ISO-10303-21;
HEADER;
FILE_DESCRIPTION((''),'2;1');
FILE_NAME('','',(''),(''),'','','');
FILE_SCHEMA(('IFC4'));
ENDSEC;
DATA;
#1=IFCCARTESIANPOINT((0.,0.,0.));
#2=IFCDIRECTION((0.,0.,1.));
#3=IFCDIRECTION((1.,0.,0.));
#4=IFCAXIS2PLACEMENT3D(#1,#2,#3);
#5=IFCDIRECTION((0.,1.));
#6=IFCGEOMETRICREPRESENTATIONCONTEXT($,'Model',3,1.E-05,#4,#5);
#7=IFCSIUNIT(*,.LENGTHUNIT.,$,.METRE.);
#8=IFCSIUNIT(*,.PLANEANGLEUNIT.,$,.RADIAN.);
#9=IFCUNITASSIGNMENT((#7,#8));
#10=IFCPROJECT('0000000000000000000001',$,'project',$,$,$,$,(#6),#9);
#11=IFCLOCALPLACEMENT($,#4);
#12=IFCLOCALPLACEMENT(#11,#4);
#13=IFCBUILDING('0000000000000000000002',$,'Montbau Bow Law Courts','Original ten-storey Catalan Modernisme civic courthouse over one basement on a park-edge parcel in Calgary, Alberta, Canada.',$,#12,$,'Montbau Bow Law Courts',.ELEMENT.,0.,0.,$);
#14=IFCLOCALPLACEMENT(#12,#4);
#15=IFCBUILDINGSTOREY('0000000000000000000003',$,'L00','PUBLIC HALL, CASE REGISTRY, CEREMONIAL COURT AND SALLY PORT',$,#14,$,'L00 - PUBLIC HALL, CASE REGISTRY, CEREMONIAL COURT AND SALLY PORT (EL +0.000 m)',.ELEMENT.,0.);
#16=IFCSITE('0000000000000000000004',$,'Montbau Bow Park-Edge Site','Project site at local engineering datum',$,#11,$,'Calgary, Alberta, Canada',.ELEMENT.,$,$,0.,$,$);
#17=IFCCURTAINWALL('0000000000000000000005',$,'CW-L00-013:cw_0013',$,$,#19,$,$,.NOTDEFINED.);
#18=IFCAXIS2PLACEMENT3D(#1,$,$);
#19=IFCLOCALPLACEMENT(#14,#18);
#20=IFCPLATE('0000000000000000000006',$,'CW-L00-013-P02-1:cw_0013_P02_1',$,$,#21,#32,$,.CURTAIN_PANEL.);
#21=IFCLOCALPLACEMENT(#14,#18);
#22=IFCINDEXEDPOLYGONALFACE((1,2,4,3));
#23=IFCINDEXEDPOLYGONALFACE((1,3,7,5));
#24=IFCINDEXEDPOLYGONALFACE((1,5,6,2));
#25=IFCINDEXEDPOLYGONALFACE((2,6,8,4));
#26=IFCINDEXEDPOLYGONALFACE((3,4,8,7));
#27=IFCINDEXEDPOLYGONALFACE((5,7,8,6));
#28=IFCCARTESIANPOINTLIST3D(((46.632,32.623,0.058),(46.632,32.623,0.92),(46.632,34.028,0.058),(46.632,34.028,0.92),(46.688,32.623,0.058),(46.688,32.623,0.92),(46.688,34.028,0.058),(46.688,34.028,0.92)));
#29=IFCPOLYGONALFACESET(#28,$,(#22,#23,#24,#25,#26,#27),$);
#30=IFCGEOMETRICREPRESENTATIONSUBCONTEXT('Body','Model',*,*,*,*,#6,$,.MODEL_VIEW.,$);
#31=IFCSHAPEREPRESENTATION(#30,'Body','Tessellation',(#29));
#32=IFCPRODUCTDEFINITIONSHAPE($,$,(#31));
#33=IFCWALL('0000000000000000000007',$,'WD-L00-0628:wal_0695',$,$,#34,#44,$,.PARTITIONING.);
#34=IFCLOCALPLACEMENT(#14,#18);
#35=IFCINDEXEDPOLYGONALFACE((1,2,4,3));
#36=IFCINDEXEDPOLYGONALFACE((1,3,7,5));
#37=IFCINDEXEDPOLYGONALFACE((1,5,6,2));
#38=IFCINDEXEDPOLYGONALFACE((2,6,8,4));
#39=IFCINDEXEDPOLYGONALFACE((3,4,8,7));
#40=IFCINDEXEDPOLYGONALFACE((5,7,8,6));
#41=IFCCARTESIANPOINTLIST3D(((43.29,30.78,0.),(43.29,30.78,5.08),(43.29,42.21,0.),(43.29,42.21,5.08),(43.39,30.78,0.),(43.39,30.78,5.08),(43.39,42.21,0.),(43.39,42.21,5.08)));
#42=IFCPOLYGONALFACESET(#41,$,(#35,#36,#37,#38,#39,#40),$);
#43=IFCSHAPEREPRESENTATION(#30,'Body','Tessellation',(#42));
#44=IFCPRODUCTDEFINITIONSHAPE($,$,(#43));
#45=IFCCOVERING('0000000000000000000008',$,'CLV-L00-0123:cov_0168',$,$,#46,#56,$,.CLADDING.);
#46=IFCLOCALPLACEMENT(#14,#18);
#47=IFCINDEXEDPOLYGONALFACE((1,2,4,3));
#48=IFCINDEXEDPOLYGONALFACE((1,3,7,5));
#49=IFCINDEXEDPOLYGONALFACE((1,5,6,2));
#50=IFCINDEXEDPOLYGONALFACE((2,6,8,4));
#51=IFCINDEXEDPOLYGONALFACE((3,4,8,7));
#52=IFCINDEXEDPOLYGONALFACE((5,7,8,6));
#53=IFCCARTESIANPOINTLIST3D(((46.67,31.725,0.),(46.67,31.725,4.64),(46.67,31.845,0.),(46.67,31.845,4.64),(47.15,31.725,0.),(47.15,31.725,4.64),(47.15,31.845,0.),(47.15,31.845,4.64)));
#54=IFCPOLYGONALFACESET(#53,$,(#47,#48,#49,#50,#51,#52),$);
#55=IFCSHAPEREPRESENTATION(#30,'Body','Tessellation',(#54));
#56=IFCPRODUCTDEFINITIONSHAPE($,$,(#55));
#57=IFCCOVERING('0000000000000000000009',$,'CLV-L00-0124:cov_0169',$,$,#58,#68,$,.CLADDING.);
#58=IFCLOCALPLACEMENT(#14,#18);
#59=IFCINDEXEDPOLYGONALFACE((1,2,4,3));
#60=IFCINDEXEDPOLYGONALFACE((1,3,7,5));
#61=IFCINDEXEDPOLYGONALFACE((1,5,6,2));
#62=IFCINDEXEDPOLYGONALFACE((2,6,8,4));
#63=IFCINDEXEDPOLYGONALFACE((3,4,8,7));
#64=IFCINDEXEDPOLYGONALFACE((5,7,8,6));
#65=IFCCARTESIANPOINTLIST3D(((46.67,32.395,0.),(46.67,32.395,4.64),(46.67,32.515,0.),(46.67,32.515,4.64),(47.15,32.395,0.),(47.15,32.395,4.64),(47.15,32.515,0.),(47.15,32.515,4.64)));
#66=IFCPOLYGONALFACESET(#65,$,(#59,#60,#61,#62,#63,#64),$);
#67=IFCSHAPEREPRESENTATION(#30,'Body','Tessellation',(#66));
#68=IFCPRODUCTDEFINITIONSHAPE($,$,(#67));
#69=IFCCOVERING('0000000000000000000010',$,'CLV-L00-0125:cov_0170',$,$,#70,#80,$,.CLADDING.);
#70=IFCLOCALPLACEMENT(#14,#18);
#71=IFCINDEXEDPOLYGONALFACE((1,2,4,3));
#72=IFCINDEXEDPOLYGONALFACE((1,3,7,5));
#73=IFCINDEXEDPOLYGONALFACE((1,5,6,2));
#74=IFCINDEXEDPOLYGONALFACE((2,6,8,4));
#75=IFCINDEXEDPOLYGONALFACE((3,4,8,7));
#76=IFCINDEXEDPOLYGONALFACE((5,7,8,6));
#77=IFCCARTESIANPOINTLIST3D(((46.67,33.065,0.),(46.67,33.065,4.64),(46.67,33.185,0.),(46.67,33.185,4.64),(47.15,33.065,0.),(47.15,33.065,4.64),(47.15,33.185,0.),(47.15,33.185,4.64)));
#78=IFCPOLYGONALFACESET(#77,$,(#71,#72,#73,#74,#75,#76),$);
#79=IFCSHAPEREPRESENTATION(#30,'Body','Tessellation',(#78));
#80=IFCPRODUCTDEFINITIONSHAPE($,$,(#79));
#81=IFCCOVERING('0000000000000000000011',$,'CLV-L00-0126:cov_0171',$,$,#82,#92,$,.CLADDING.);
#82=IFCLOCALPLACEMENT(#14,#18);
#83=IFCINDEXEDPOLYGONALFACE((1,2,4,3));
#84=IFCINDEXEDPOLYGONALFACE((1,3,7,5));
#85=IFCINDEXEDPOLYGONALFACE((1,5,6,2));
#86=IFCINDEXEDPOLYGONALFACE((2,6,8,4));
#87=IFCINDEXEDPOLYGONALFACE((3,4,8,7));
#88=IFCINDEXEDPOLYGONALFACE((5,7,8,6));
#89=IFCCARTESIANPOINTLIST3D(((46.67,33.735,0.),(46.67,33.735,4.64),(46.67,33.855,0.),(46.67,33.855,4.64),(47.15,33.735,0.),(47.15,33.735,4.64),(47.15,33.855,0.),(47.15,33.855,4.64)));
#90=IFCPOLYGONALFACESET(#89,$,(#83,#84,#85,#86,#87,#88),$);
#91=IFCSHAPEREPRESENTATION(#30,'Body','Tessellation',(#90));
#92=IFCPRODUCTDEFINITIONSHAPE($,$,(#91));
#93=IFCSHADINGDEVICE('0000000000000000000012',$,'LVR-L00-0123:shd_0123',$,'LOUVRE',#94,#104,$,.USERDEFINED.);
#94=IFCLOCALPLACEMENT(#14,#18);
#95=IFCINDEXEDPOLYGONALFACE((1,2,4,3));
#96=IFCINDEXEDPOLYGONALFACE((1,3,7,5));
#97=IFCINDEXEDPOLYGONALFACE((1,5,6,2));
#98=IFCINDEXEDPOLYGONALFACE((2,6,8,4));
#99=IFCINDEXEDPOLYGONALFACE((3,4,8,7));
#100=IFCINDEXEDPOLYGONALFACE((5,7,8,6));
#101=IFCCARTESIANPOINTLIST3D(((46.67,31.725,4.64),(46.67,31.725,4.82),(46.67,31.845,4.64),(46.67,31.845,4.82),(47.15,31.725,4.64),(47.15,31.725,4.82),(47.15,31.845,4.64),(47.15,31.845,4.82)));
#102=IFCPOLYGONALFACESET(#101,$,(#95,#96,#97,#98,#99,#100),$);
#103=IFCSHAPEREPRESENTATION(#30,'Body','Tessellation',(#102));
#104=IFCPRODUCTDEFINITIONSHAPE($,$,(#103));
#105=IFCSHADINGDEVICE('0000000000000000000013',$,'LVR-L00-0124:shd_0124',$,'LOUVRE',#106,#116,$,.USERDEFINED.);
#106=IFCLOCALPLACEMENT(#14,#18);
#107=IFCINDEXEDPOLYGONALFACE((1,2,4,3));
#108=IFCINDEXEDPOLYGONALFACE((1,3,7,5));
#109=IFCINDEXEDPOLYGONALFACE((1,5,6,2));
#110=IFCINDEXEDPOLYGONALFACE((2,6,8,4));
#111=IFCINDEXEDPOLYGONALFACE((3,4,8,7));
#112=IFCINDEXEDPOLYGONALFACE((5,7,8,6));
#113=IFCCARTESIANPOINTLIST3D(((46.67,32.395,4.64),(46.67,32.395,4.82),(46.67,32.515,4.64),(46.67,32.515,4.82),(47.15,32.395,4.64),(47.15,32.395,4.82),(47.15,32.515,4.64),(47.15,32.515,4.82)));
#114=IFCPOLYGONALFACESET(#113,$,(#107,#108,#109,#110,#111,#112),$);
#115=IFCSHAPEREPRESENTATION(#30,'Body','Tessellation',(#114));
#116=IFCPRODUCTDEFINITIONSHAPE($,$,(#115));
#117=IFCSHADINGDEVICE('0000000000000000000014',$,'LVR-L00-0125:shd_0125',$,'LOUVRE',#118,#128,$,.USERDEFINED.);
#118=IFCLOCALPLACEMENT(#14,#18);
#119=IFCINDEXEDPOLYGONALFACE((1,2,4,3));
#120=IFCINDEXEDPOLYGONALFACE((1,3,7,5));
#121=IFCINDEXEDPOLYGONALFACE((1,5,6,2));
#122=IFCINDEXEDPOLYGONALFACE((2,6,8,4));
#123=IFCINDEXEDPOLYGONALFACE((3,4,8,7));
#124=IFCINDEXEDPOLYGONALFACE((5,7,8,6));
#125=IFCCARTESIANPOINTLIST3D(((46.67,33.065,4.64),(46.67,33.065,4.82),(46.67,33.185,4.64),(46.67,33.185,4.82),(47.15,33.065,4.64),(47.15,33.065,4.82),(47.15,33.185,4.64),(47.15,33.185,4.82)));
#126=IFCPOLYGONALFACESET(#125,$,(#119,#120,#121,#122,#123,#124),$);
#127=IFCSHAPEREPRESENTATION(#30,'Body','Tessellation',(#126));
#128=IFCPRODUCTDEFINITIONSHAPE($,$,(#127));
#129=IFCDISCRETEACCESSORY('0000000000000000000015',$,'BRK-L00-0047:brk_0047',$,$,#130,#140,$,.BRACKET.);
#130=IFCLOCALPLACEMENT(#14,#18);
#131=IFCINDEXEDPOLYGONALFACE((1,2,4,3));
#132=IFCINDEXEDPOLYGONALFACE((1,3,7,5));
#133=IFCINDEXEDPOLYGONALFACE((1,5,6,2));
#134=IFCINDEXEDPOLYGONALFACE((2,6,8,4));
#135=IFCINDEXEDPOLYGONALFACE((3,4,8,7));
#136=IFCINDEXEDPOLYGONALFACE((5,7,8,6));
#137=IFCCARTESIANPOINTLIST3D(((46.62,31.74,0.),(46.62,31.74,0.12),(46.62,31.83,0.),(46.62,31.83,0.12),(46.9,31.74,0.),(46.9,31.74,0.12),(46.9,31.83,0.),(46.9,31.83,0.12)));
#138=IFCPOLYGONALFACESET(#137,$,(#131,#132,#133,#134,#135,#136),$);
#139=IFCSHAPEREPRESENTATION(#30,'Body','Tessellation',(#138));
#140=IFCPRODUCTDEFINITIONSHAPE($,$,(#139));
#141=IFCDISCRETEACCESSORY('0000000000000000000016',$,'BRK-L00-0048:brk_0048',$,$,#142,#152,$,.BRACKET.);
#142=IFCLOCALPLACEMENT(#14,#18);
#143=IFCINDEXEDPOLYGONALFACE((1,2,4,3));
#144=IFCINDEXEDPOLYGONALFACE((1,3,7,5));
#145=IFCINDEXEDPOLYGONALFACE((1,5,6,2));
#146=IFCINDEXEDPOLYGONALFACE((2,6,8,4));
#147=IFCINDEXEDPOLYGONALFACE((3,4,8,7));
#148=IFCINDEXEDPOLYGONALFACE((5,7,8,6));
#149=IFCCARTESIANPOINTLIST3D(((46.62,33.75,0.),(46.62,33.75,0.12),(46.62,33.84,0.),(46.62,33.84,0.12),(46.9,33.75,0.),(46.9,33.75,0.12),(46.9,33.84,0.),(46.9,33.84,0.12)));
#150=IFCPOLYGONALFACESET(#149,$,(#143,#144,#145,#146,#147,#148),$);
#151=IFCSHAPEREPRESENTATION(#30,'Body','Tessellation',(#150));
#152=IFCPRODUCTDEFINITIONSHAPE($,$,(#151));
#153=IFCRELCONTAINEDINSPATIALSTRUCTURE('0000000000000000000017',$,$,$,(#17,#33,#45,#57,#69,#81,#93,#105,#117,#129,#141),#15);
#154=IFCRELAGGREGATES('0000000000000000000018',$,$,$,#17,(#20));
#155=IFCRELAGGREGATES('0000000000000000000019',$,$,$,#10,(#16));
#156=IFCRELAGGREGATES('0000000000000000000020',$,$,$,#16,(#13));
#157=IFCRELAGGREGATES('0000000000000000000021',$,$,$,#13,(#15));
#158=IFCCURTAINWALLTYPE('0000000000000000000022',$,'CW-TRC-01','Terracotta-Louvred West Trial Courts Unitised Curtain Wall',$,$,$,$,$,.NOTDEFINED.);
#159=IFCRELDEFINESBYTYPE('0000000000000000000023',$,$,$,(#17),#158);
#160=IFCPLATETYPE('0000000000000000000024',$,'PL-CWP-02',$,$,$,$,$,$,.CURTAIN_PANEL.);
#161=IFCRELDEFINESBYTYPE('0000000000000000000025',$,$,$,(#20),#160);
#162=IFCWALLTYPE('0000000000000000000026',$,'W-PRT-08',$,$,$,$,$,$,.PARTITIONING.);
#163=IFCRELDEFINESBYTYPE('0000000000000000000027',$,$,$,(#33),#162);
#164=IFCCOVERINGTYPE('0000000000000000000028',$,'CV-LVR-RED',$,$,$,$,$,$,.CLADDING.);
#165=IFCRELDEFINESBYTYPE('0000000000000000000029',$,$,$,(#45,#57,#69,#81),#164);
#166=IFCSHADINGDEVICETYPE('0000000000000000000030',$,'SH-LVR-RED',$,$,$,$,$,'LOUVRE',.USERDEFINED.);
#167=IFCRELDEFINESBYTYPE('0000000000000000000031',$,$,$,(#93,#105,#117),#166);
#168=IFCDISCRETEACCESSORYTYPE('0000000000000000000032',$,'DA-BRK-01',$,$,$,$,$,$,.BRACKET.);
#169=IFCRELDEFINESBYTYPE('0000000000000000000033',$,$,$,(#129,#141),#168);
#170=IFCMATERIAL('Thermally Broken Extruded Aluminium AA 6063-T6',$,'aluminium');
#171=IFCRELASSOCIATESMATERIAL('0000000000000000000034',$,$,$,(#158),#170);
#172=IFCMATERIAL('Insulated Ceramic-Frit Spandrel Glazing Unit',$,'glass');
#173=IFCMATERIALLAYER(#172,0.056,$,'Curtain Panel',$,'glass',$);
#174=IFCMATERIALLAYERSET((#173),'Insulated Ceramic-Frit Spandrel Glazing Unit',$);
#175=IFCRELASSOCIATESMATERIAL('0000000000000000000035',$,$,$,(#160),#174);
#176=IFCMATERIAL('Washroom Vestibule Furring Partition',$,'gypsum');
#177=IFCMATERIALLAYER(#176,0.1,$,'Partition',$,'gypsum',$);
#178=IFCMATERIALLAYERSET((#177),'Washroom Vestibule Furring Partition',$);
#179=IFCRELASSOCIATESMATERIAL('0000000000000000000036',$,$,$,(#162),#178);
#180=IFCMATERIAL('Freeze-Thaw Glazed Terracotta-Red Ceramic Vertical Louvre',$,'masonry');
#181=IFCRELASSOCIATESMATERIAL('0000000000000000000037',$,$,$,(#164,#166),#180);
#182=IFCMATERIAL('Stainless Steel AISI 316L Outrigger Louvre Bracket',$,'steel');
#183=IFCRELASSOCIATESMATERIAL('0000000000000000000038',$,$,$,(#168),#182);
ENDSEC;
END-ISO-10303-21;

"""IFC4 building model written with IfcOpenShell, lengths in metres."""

from ifc_helpers import new_model, si_unit, direction, frame, frame_2d, origin_with_axes, origin_2d_with_axis, place, context, subcontext, project, spatial, rectangle, extrude, material, layer, layer_set, type_object, element, aggregate, save


model = new_model("IFC4")

# Units and contexts
model_context = context("Model", 3, precision=1e-05, world=origin_with_axes(), true_north=direction((0.0, 1.0)))
body_context = subcontext(model_context, "Body", "Model", "MODEL_VIEW")
ifc_project = project(units=[si_unit("LENGTHUNIT", "METRE"), si_unit("PLANEANGLEUNIT", "RADIAN")], contexts=[model_context])

# Site, building, storey
site_placement = place(None, origin_with_axes())
site = spatial("IfcSite", under=ifc_project, at=site_placement, Name="Montbau Bow Park-Edge Site", Description="Project site at local engineering datum", LongName="Calgary, Alberta, Canada", CompositionType="ELEMENT", RefElevation=0.0)
building_placement = place(site_placement, origin_with_axes())
building = spatial("IfcBuilding", under=site, at=building_placement, Name="Montbau Bow Law Courts", Description="Original ten-storey Catalan Modernisme civic courthouse over one basement on a park-edge parcel in Calgary, Alberta, Canada.", LongName="Montbau Bow Law Courts", CompositionType="ELEMENT", ElevationOfRefHeight=0.0, ElevationOfTerrain=0.0)
storey_placement = place(building_placement, origin_with_axes())
storey = spatial("IfcBuildingStorey", under=building, at=storey_placement, Name="L00", Description="PUBLIC HALL, CASE REGISTRY, CEREMONIAL COURT AND SALLY PORT", LongName="L00 - PUBLIC HALL, CASE REGISTRY, CEREMONIAL COURT AND SALLY PORT (EL +0.000 m)", CompositionType="ELEMENT", Elevation=0.0)

# Curtain wall
ifc_material_1 = material(Name="Thermally Broken Extruded Aluminium AA 6063-T6", Category="aluminium")
curtain_wall_type = type_object("IfcCurtainWallType", Name="CW-TRC-01", Description="Terracotta-Louvred West Trial Courts Unitised Curtain Wall", PredefinedType="NOTDEFINED", material=ifc_material_1)
curtain_wall_1_placement = place(None, frame((46.66, 31.115, 0.0), z_axis=(0.0, 0.0, 1.0), x_axis=(1.0, 0.0, 0.0)))
curtain_wall_1 = element("IfcCurtainWall", 1, at=curtain_wall_1_placement, inside=storey, type_object=curtain_wall_type, Name="CW-L00-013:cw_0013", PredefinedType="NOTDEFINED")

# Plate
ifc_material_2 = material(Name="Insulated Ceramic-Frit Spandrel Glazing Unit", Category="glass")
ifc_layer_1 = layer(ifc_material_2, 0.056, Name="Curtain Panel", Category="glass")
ifc_layer_set_1 = layer_set([ifc_layer_1], Name="Insulated Ceramic-Frit Spandrel Glazing Unit")
plate_type_1 = type_object("IfcPlateType", Name="PL-CWP-02", PredefinedType="CURTAIN_PANEL", material=ifc_layer_set_1)
plate_1_placement = place(None, frame((46.66, 32.623, 0.058), z_axis=(1.0, 0.0, 0.0), x_axis=(0.0, 1.0, 0.0)))
plate_1 = element("IfcPlate", 2, at=plate_1_placement, type_object=plate_type_1, Name="CW-L00-013-P02-1:cw_0013_P02_1", PredefinedType="CURTAIN_PANEL", context=body_context, shape_type="SweptSolid", body=[
    extrude(rectangle(XDim=1.405, YDim=0.862, at=frame_2d((0.7025, 0.431), x_axis=(1.0, 0.0))), frame((0.0, 0.0, -0.028), z_axis=(0.0, 0.0, 1.0), x_axis=(1.0, 0.0, 0.0)), (0.0, 0.0, 1.0), 0.056),
])
aggregate(curtain_wall_1, [plate_1])

# Wall
ifc_material_3 = material(Name="Washroom Vestibule Furring Partition", Category="gypsum")
ifc_layer_2 = layer(ifc_material_3, 0.1, Name="Partition", Category="gypsum")
ifc_layer_set_2 = layer_set([ifc_layer_2], Name="Washroom Vestibule Furring Partition")
wall_type = type_object("IfcWallType", Name="W-PRT-08", PredefinedType="PARTITIONING", material=ifc_layer_set_2)
wall_placement = place(None, frame((43.34, 30.78, 0.0), z_axis=(0.0, 0.0, 1.0), x_axis=(0.0, 1.0, 0.0)))
element("IfcWall", 3, at=wall_placement, inside=storey, type_object=wall_type, Name="WD-L00-0628:wal_0695", PredefinedType="PARTITIONING", context=body_context, shape_type="SweptSolid", body=[
    extrude(rectangle(XDim=11.43, YDim=0.1, at=frame_2d((5.715, 0.0), x_axis=(1.0, 0.0))), origin_with_axes(), (0.0, 0.0, 1.0), 5.08),
])

# Coverings
ifc_material_4 = material(Name="Freeze-Thaw Glazed Terracotta-Red Ceramic Vertical Louvre", Category="masonry")
covering_type = type_object("IfcCoveringType", Name="CV-LVR-RED", PredefinedType="CLADDING", material=ifc_material_4)
for number, where, z_axis, x_axis, name in (
    (4, (46.67, 31.785, 0.0), (0.0, -1.0, 0.0), (1.0, 0.0, 0.0), "CLV-L00-0123:cov_0168"),
    (5, (46.67, 32.455, 0.0), (0.0, -1.0, 0.0), (1.0, 0.0, 0.0), "CLV-L00-0124:cov_0169"),
    (6, (46.67, 33.125, 0.0), (0.0, -1.0, 0.0), (1.0, 0.0, 0.0), "CLV-L00-0125:cov_0170"),
    (7, (46.67, 33.795, 0.0), (0.0, -1.0, 0.0), (1.0, 0.0, 0.0), "CLV-L00-0126:cov_0171"),
):
    element("IfcCovering", number, at=place(None, frame(where, z_axis=z_axis, x_axis=x_axis)), inside=storey, type_object=covering_type, Name=name, PredefinedType="CLADDING", context=body_context, shape_type="SweptSolid", body=[
        extrude(rectangle(XDim=0.48, YDim=4.64, at=frame_2d((0.24, 2.32), x_axis=(1.0, 0.0))), frame((0.0, 0.0, -0.06), z_axis=(0.0, 0.0, 1.0), x_axis=(1.0, 0.0, 0.0)), (0.0, 0.0, 1.0), 0.12),
    ])

# Shading devices
shading_device_type = type_object("IfcShadingDeviceType", Name="SH-LVR-RED", ElementType="LOUVRE", PredefinedType="USERDEFINED", material=ifc_material_4)
for number, where, z_axis, x_axis, name in (
    (8, (46.91, 31.785, 4.64), (0.0, 0.0, 1.0), (1.0, 0.0, 0.0), "LVR-L00-0123:shd_0123"),
    (9, (46.91, 32.455, 4.64), (0.0, 0.0, 1.0), (1.0, 0.0, 0.0), "LVR-L00-0124:shd_0124"),
    (10, (46.91, 33.125, 4.64), (0.0, 0.0, 1.0), (1.0, 0.0, 0.0), "LVR-L00-0125:shd_0125"),
):
    element("IfcShadingDevice", number, at=place(None, frame(where, z_axis=z_axis, x_axis=x_axis)), inside=storey, type_object=shading_device_type, Name=name, ObjectType="LOUVRE", PredefinedType="USERDEFINED", context=body_context, shape_type="SweptSolid", body=[
        extrude(rectangle(XDim=0.48, YDim=0.12, at=origin_2d_with_axis()), origin_with_axes(), (0.0, 0.0, 1.0), 0.18),
    ])

# Discrete accessories
ifc_material_5 = material(Name="Stainless Steel AISI 316L Outrigger Louvre Bracket", Category="steel")
discrete_accessory_type = type_object("IfcDiscreteAccessoryType", Name="DA-BRK-01", PredefinedType="BRACKET", material=ifc_material_5)
for number, where, z_axis, x_axis, name in (
    (11, (46.76, 31.785, 0.0), (0.0, 0.0, 1.0), (1.0, 0.0, 0.0), "BRK-L00-0047:brk_0047"),
    (12, (46.76, 33.795, 0.0), (0.0, 0.0, 1.0), (1.0, 0.0, 0.0), "BRK-L00-0048:brk_0048"),
):
    element("IfcDiscreteAccessory", number, at=place(None, frame(where, z_axis=z_axis, x_axis=x_axis)), inside=storey, type_object=discrete_accessory_type, Name=name, PredefinedType="BRACKET", context=body_context, shape_type="SweptSolid", body=[
        extrude(rectangle(XDim=0.28, YDim=0.09, at=origin_2d_with_axis()), origin_with_axes(), (0.0, 0.0, 1.0), 0.12),
    ])

save(model, "model.ifc")
